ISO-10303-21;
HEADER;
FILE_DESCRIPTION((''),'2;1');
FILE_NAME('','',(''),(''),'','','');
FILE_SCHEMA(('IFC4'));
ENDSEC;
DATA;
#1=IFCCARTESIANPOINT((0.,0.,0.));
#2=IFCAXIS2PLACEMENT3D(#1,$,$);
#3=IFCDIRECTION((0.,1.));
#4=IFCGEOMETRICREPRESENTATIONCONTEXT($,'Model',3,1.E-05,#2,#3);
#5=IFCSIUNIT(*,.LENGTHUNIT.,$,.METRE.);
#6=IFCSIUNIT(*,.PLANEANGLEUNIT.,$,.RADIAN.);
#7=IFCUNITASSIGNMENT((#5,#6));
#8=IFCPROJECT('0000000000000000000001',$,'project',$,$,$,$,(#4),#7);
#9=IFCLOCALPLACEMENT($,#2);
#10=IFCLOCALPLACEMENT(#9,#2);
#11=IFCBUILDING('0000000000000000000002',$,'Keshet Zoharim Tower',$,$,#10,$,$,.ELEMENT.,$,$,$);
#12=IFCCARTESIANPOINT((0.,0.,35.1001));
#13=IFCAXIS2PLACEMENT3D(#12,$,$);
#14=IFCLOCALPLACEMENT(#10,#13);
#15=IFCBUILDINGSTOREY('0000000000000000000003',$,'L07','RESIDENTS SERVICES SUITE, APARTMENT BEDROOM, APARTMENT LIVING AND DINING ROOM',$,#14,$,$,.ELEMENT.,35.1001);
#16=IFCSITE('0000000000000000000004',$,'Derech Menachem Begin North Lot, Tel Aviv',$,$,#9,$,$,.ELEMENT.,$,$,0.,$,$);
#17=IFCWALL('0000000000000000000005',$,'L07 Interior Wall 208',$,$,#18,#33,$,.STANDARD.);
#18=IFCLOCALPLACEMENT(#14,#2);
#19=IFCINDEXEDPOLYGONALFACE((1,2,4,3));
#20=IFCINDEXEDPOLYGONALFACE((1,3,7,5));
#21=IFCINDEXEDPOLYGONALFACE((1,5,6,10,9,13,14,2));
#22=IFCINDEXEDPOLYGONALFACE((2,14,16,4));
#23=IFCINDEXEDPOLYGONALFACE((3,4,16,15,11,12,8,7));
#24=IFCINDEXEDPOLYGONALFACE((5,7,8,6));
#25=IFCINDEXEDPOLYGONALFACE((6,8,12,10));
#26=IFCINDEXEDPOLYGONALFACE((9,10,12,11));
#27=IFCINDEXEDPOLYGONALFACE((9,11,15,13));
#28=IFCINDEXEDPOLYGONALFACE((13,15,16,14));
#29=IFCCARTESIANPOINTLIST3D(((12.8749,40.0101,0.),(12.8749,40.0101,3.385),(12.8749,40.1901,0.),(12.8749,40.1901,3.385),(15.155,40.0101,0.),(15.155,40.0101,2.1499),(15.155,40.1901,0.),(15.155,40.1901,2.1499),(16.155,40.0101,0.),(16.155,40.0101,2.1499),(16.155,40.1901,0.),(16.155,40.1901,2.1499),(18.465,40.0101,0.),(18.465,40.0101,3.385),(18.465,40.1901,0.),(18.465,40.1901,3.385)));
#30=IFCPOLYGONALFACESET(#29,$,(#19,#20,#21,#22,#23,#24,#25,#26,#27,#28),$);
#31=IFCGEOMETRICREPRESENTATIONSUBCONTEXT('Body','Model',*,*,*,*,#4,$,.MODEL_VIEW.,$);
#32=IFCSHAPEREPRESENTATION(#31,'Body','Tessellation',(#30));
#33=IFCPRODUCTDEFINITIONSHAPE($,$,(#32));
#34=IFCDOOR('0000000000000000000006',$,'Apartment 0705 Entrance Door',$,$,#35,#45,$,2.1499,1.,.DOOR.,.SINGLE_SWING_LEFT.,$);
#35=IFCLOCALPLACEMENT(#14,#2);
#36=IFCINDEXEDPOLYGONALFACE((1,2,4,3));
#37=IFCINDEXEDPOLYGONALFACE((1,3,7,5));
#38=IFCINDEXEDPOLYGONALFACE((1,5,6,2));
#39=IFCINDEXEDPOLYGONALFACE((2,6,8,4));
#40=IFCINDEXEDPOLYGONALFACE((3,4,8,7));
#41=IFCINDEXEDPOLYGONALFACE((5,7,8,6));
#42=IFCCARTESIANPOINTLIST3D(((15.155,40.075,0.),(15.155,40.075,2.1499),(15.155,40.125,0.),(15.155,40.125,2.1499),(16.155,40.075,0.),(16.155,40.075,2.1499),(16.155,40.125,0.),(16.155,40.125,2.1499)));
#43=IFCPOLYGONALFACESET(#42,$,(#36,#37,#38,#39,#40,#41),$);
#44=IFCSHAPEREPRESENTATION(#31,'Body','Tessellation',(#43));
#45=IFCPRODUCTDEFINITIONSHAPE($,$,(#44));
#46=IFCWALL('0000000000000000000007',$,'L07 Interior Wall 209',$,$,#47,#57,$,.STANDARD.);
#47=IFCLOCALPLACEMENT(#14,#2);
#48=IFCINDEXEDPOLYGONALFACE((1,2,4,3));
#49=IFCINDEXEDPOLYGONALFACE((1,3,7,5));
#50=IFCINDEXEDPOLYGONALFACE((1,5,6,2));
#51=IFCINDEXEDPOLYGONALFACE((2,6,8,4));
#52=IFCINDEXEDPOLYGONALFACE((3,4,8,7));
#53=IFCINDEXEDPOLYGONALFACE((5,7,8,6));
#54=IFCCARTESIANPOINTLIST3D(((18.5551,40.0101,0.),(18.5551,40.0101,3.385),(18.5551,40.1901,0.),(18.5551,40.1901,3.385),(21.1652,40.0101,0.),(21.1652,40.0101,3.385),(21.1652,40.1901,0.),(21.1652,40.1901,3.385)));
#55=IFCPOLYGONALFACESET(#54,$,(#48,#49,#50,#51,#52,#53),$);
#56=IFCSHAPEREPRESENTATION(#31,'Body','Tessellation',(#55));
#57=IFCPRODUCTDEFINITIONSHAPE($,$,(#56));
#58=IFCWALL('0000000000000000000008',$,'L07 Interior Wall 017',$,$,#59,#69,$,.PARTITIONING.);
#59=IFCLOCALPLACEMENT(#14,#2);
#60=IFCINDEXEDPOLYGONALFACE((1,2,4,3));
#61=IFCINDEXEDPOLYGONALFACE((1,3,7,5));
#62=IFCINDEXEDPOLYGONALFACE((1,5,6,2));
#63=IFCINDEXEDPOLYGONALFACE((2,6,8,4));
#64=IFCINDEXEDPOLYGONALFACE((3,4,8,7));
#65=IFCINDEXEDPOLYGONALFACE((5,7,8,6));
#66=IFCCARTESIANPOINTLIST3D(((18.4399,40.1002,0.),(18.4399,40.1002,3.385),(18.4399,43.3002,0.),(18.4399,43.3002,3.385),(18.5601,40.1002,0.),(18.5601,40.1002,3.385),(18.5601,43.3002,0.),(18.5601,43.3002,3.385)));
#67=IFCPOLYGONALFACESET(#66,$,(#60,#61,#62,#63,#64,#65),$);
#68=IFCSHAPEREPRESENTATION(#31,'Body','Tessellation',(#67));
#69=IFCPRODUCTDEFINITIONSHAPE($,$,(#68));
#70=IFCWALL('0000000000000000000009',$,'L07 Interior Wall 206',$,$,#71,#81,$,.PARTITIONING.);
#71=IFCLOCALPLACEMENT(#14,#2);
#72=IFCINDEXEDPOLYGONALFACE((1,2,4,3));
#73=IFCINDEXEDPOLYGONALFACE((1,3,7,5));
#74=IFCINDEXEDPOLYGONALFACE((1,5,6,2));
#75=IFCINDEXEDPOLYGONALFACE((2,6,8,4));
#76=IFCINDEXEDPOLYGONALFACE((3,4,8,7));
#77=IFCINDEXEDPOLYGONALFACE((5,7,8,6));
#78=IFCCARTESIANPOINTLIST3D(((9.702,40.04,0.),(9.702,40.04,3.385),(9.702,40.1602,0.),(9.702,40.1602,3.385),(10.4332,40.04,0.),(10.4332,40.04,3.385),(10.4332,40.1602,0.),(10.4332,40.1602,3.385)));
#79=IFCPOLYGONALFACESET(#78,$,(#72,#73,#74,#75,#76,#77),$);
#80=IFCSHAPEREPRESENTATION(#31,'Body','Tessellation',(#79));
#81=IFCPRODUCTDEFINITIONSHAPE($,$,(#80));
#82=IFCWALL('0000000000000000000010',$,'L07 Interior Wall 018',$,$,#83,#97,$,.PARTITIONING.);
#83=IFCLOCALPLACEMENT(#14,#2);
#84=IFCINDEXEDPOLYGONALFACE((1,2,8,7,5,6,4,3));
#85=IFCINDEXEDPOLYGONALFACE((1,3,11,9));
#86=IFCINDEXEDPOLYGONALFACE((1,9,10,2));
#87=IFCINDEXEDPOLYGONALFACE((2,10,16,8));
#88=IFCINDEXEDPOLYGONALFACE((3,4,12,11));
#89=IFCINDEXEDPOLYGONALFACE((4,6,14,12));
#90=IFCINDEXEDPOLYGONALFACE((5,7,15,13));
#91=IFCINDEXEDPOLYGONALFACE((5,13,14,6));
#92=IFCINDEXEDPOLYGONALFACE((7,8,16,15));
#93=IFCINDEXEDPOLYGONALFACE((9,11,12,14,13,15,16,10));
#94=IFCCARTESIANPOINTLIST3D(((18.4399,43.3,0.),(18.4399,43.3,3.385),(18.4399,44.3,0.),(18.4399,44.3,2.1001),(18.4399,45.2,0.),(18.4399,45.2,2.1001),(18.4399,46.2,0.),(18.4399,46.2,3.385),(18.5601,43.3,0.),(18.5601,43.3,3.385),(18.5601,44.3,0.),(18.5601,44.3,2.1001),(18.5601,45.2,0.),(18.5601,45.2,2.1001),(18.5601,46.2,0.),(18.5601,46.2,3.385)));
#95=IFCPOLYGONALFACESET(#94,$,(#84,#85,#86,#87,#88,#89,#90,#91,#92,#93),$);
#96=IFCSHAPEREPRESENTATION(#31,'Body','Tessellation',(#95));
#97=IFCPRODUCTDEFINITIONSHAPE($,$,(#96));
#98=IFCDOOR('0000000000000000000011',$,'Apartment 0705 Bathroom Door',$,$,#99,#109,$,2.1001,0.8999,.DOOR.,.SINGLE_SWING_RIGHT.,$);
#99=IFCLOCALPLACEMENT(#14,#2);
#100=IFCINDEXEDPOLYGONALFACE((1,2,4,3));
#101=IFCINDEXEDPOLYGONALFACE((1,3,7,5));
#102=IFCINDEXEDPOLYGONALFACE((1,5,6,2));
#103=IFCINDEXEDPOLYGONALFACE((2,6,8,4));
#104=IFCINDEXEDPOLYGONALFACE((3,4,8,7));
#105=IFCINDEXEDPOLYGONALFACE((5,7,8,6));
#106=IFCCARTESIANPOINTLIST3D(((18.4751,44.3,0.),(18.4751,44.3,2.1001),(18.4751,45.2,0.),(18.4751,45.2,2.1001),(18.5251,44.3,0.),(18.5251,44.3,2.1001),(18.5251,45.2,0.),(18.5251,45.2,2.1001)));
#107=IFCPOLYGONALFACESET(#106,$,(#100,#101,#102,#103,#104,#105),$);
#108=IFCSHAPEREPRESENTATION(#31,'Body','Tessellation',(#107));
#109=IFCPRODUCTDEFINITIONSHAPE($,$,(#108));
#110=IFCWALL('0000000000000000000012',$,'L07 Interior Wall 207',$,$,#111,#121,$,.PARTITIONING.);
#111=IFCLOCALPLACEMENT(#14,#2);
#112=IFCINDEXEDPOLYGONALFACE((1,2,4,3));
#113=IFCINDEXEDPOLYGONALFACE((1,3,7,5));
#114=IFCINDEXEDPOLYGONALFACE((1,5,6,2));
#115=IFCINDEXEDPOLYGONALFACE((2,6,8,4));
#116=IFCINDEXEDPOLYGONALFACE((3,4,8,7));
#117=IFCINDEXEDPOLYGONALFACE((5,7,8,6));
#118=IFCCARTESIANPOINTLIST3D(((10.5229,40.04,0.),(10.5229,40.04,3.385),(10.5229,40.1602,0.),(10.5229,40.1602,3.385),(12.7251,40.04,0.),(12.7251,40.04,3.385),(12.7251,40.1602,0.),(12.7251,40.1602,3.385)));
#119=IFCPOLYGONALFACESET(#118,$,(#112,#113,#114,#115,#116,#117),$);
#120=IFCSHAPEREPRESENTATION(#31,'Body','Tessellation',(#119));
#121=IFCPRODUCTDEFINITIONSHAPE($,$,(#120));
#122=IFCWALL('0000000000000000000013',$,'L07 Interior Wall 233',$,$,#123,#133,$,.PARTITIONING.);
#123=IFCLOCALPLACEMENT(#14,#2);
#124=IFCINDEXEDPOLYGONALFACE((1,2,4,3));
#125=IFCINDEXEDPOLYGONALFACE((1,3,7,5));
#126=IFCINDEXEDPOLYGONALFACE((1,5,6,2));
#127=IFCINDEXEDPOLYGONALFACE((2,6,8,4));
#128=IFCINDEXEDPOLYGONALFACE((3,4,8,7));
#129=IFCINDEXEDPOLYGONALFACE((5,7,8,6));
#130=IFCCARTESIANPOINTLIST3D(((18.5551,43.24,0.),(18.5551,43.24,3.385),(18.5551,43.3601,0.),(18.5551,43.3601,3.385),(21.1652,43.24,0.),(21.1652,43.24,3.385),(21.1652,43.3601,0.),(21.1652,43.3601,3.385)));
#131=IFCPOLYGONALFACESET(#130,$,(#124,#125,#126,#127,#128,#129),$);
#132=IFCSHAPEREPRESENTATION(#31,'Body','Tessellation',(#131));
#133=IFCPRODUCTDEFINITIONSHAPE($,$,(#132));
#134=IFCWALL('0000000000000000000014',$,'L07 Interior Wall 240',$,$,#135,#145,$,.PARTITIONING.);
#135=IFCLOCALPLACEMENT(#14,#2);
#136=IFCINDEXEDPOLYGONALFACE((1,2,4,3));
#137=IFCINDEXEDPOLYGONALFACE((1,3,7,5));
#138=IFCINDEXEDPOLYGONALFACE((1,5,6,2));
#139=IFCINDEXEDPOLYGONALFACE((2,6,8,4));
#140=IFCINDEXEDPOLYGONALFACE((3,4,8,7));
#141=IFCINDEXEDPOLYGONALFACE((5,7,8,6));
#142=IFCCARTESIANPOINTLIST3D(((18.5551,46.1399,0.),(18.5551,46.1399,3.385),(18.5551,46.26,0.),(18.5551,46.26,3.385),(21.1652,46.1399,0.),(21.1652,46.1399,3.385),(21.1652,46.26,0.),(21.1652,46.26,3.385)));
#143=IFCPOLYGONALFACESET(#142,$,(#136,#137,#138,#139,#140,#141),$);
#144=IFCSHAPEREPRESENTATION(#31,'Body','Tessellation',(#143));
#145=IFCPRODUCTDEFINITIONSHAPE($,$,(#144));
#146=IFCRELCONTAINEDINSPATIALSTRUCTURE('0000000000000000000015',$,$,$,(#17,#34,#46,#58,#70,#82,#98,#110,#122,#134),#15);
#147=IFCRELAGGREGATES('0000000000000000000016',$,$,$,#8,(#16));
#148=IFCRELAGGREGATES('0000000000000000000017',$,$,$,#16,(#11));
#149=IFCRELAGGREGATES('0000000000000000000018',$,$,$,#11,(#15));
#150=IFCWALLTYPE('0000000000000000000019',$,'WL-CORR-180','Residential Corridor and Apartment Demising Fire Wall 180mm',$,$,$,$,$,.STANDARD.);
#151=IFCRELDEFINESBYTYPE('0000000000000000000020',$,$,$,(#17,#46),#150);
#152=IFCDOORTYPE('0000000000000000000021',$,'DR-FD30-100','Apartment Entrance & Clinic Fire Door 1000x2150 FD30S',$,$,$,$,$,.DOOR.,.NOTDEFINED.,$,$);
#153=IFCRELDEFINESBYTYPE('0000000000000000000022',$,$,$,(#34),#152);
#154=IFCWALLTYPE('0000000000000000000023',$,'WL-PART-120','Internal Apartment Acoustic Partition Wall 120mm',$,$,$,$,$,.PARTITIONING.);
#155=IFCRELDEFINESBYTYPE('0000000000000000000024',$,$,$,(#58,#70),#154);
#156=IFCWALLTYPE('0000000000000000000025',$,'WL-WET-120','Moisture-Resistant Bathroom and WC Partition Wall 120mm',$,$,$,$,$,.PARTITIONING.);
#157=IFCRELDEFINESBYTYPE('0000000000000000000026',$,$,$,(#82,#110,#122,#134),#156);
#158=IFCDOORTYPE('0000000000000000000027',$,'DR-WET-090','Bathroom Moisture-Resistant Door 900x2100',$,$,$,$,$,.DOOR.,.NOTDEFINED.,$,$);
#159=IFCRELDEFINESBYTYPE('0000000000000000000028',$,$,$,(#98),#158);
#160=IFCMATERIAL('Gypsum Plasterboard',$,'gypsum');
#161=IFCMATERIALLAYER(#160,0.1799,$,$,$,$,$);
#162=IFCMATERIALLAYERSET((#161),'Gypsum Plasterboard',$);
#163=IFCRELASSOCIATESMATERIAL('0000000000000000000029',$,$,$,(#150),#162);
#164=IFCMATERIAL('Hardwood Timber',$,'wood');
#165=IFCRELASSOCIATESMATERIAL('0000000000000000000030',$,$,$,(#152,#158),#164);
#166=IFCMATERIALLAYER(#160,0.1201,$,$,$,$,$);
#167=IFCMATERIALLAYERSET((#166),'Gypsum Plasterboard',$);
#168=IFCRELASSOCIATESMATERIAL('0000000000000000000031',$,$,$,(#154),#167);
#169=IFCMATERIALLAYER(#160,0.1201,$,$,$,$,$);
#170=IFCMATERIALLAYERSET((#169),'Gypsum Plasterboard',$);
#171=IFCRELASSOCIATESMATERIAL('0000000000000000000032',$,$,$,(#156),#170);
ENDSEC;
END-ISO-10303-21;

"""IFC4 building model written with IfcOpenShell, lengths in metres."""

from ifc_helpers import new_model, si_unit, direction, frame, frame_2d, origin, place, context, subcontext, project, spatial, rectangle, extrude, material, layer, layer_set, type_object, element, fill, save


model = new_model("IFC4")

# Units and contexts
model_context = context("Model", 3, precision=1e-05, world=origin(), true_north=direction((0.0, 1.0)))
body_context = subcontext(model_context, "Body", "Model", "MODEL_VIEW")
ifc_project = project(units=[si_unit("LENGTHUNIT", "METRE"), si_unit("PLANEANGLEUNIT", "RADIAN")], contexts=[model_context])

# Site, building, storey
site_placement = place(None, origin())
site = spatial("IfcSite", under=ifc_project, at=site_placement, Name="Derech Menachem Begin North Lot, Tel Aviv", CompositionType="ELEMENT", RefElevation=0.0)
building_placement = place(site_placement, origin())
building = spatial("IfcBuilding", under=site, at=building_placement, Name="Keshet Zoharim Tower", CompositionType="ELEMENT")
storey_placement = place(building_placement, frame((0.0, 0.0, 35.1001)))
storey = spatial("IfcBuildingStorey", under=building, at=storey_placement, Name="L07", Description="RESIDENTS SERVICES SUITE, APARTMENT BEDROOM, APARTMENT LIVING AND DINING ROOM", CompositionType="ELEMENT", Elevation=35.1001)

# Wall, opening, door
ifc_material_1 = material(Name="Gypsum Plasterboard", Category="gypsum")
ifc_layer_1 = layer(ifc_material_1, 0.1799)
ifc_layer_set_1 = layer_set([ifc_layer_1], Name="Gypsum Plasterboard")
wall_type_1 = type_object("IfcWallType", Name="WL-CORR-180", Description="Residential Corridor and Apartment Demising Fire Wall 180mm", PredefinedType="STANDARD", material=ifc_layer_set_1)
wall_1_placement = place(storey_placement, frame((12.875, 40.1001, 0.0), z_axis=(0.0, 0.0, 1.0), x_axis=(1.0, 0.0, 0.0)))
wall_1 = element("IfcWall", 1, at=wall_1_placement, inside=storey, type_object=wall_type_1, Name="L07 Interior Wall 208", PredefinedType="STANDARD", context=body_context, shape_type="SweptSolid", body=[
    extrude(rectangle(XDim=5.5901, YDim=0.1799, at=frame_2d((2.7949, 0.0))), origin(), (0.0, 0.0, 1.0), 3.385),
])
opening_1_placement = place(wall_1_placement, frame((2.28, 0.0, 0.0)))
opening_1 = element("IfcOpeningElement", 2, at=opening_1_placement, cuts=wall_1, PredefinedType="OPENING", context=body_context, shape_type="SweptSolid", body=[
    extrude(rectangle(XDim=1.0, YDim=2.1499, at=frame_2d((0.5, 1.075))), frame((0.0, 0.1001, 0.0), z_axis=(0.0, -1.0, 0.0), x_axis=(1.0, 0.0, 0.0)), (0.0, 0.0, 1.0), 0.2),
])
ifc_material_2 = material(Name="Hardwood Timber", Category="wood")
door_type_1 = type_object("IfcDoorType", Name="DR-FD30-100", Description="Apartment Entrance & Clinic Fire Door 1000x2150 FD30S", OperationType="NOTDEFINED", PredefinedType="DOOR", material=ifc_material_2)
door_1_placement = place(opening_1_placement, origin())
door_1 = element("IfcDoor", 3, at=door_1_placement, inside=storey, type_object=door_type_1, Name="Apartment 0705 Entrance Door", OperationType="SINGLE_SWING_LEFT", OverallHeight=2.1499, OverallWidth=1.0, PredefinedType="DOOR", context=body_context, shape_type="SweptSolid", body=[
    extrude(rectangle(XDim=1.0, YDim=2.1499, at=frame_2d((0.5, 1.075))), frame((0.0, 0.0249, 0.0), z_axis=(0.0, -1.0, 0.0), x_axis=(1.0, 0.0, 0.0)), (0.0, 0.0, 1.0), 0.05),
])
fill(opening_1, door_1)

# Walls
wall_2_placement = place(storey_placement, frame((18.5549, 40.1001, 0.0), z_axis=(0.0, 0.0, 1.0), x_axis=(1.0, 0.0, 0.0)))
element("IfcWall", 4, at=wall_2_placement, inside=storey, type_object=wall_type_1, Name="L07 Interior Wall 209", PredefinedType="STANDARD", context=body_context, shape_type="SweptSolid", body=[
    extrude(rectangle(XDim=2.6101, YDim=0.1799, at=frame_2d((1.3052, 0.0))), origin(), (0.0, 0.0, 1.0), 3.385),
])
ifc_layer_2 = layer(ifc_material_1, 0.1201)
ifc_layer_set_2 = layer_set([ifc_layer_2], Name="Gypsum Plasterboard")
wall_type_2 = type_object("IfcWallType", Name="WL-PART-120", Description="Internal Apartment Acoustic Partition Wall 120mm", PredefinedType="PARTITIONING", material=ifc_layer_set_2)
wall_3_placement = place(storey_placement, frame((18.5, 40.1001, 0.0), z_axis=(0.0, 0.0, 1.0), x_axis=(0.0, 1.0, 0.0)))
element("IfcWall", 5, at=wall_3_placement, inside=storey, type_object=wall_type_2, Name="L07 Interior Wall 017", PredefinedType="PARTITIONING", context=body_context, shape_type="SweptSolid", body=[
    extrude(rectangle(XDim=3.2, YDim=0.1201, at=frame_2d((1.6001, 0.0))), origin(), (0.0, 0.0, 1.0), 3.385),
])
wall_4_placement = place(storey_placement, frame((9.7019, 40.1001, 0.0), z_axis=(0.0, 0.0, 1.0), x_axis=(1.0, 0.0, 0.0)))
element("IfcWall", 6, at=wall_4_placement, inside=storey, type_object=wall_type_2, Name="L07 Interior Wall 206", PredefinedType="PARTITIONING", context=body_context, shape_type="SweptSolid", body=[
    extrude(rectangle(XDim=0.7312, YDim=0.1201, at=frame_2d((0.3657, 0.0))), origin(), (0.0, 0.0, 1.0), 3.385),
])

# Wall, opening, door
ifc_layer_3 = layer(ifc_material_1, 0.1201)
ifc_layer_set_3 = layer_set([ifc_layer_3], Name="Gypsum Plasterboard")
wall_type_3 = type_object("IfcWallType", Name="WL-WET-120", Description="Moisture-Resistant Bathroom and WC Partition Wall 120mm", PredefinedType="PARTITIONING", material=ifc_layer_set_3)
wall_5_placement = place(storey_placement, frame((18.5, 43.3, 0.0), z_axis=(0.0, 0.0, 1.0), x_axis=(0.0, 1.0, 0.0)))
wall_5 = element("IfcWall", 7, at=wall_5_placement, inside=storey, type_object=wall_type_3, Name="L07 Interior Wall 018", PredefinedType="PARTITIONING", context=body_context, shape_type="SweptSolid", body=[
    extrude(rectangle(XDim=2.8999, YDim=0.1201, at=frame_2d((1.45, 0.0))), origin(), (0.0, 0.0, 1.0), 3.385),
])
opening_2_placement = place(wall_5_placement, frame((1.0, 0.0, 0.0)))
opening_2 = element("IfcOpeningElement", 8, at=opening_2_placement, cuts=wall_5, PredefinedType="OPENING", context=body_context, shape_type="SweptSolid", body=[
    extrude(rectangle(XDim=0.8999, YDim=2.1001, at=frame_2d((0.45, 1.05))), frame((0.0, 0.0701, 0.0), z_axis=(0.0, -1.0, 0.0), x_axis=(1.0, 0.0, 0.0)), (0.0, 0.0, 1.0), 0.1401),
])
door_type_2 = type_object("IfcDoorType", Name="DR-WET-090", Description="Bathroom Moisture-Resistant Door 900x2100", OperationType="NOTDEFINED", PredefinedType="DOOR", material=ifc_material_2)
door_2_placement = place(opening_2_placement, origin())
door_2 = element("IfcDoor", 9, at=door_2_placement, inside=storey, type_object=door_type_2, Name="Apartment 0705 Bathroom Door", OperationType="SINGLE_SWING_RIGHT", OverallHeight=2.1001, OverallWidth=0.8999, PredefinedType="DOOR", context=body_context, shape_type="SweptSolid", body=[
    extrude(rectangle(XDim=0.8999, YDim=2.1001, at=frame_2d((0.45, 1.05))), frame((0.0, 0.0249, 0.0), z_axis=(0.0, -1.0, 0.0), x_axis=(1.0, 0.0, 0.0)), (0.0, 0.0, 1.0), 0.05),
])
fill(opening_2, door_2)

# Walls
wall_6_placement = place(storey_placement, frame((10.5229, 40.1001, 0.0), z_axis=(0.0, 0.0, 1.0), x_axis=(1.0, 0.0, 0.0)))
element("IfcWall", 10, at=wall_6_placement, inside=storey, type_object=wall_type_3, Name="L07 Interior Wall 207", PredefinedType="PARTITIONING", context=body_context, shape_type="SweptSolid", body=[
    extrude(rectangle(XDim=2.2021, YDim=0.1201, at=frame_2d((1.1011, 0.0))), origin(), (0.0, 0.0, 1.0), 3.385),
])
for number, where, z_axis, x_axis, name in (
    (11, (18.5549, 43.3, 0.0), (0.0, 0.0, 1.0), (1.0, 0.0, 0.0), "L07 Interior Wall 233"),
    (12, (18.5549, 46.2, 0.0), (0.0, 0.0, 1.0), (1.0, 0.0, 0.0), "L07 Interior Wall 240"),
):
    element("IfcWall", number, at=place(storey_placement, frame(where, z_axis=z_axis, x_axis=x_axis)), inside=storey, type_object=wall_type_3, Name=name, PredefinedType="PARTITIONING", context=body_context, shape_type="SweptSolid", body=[
        extrude(rectangle(XDim=2.6101, YDim=0.1201, at=frame_2d((1.3052, 0.0))), origin(), (0.0, 0.0, 1.0), 3.385),
    ])

save(model, "model.ifc")
